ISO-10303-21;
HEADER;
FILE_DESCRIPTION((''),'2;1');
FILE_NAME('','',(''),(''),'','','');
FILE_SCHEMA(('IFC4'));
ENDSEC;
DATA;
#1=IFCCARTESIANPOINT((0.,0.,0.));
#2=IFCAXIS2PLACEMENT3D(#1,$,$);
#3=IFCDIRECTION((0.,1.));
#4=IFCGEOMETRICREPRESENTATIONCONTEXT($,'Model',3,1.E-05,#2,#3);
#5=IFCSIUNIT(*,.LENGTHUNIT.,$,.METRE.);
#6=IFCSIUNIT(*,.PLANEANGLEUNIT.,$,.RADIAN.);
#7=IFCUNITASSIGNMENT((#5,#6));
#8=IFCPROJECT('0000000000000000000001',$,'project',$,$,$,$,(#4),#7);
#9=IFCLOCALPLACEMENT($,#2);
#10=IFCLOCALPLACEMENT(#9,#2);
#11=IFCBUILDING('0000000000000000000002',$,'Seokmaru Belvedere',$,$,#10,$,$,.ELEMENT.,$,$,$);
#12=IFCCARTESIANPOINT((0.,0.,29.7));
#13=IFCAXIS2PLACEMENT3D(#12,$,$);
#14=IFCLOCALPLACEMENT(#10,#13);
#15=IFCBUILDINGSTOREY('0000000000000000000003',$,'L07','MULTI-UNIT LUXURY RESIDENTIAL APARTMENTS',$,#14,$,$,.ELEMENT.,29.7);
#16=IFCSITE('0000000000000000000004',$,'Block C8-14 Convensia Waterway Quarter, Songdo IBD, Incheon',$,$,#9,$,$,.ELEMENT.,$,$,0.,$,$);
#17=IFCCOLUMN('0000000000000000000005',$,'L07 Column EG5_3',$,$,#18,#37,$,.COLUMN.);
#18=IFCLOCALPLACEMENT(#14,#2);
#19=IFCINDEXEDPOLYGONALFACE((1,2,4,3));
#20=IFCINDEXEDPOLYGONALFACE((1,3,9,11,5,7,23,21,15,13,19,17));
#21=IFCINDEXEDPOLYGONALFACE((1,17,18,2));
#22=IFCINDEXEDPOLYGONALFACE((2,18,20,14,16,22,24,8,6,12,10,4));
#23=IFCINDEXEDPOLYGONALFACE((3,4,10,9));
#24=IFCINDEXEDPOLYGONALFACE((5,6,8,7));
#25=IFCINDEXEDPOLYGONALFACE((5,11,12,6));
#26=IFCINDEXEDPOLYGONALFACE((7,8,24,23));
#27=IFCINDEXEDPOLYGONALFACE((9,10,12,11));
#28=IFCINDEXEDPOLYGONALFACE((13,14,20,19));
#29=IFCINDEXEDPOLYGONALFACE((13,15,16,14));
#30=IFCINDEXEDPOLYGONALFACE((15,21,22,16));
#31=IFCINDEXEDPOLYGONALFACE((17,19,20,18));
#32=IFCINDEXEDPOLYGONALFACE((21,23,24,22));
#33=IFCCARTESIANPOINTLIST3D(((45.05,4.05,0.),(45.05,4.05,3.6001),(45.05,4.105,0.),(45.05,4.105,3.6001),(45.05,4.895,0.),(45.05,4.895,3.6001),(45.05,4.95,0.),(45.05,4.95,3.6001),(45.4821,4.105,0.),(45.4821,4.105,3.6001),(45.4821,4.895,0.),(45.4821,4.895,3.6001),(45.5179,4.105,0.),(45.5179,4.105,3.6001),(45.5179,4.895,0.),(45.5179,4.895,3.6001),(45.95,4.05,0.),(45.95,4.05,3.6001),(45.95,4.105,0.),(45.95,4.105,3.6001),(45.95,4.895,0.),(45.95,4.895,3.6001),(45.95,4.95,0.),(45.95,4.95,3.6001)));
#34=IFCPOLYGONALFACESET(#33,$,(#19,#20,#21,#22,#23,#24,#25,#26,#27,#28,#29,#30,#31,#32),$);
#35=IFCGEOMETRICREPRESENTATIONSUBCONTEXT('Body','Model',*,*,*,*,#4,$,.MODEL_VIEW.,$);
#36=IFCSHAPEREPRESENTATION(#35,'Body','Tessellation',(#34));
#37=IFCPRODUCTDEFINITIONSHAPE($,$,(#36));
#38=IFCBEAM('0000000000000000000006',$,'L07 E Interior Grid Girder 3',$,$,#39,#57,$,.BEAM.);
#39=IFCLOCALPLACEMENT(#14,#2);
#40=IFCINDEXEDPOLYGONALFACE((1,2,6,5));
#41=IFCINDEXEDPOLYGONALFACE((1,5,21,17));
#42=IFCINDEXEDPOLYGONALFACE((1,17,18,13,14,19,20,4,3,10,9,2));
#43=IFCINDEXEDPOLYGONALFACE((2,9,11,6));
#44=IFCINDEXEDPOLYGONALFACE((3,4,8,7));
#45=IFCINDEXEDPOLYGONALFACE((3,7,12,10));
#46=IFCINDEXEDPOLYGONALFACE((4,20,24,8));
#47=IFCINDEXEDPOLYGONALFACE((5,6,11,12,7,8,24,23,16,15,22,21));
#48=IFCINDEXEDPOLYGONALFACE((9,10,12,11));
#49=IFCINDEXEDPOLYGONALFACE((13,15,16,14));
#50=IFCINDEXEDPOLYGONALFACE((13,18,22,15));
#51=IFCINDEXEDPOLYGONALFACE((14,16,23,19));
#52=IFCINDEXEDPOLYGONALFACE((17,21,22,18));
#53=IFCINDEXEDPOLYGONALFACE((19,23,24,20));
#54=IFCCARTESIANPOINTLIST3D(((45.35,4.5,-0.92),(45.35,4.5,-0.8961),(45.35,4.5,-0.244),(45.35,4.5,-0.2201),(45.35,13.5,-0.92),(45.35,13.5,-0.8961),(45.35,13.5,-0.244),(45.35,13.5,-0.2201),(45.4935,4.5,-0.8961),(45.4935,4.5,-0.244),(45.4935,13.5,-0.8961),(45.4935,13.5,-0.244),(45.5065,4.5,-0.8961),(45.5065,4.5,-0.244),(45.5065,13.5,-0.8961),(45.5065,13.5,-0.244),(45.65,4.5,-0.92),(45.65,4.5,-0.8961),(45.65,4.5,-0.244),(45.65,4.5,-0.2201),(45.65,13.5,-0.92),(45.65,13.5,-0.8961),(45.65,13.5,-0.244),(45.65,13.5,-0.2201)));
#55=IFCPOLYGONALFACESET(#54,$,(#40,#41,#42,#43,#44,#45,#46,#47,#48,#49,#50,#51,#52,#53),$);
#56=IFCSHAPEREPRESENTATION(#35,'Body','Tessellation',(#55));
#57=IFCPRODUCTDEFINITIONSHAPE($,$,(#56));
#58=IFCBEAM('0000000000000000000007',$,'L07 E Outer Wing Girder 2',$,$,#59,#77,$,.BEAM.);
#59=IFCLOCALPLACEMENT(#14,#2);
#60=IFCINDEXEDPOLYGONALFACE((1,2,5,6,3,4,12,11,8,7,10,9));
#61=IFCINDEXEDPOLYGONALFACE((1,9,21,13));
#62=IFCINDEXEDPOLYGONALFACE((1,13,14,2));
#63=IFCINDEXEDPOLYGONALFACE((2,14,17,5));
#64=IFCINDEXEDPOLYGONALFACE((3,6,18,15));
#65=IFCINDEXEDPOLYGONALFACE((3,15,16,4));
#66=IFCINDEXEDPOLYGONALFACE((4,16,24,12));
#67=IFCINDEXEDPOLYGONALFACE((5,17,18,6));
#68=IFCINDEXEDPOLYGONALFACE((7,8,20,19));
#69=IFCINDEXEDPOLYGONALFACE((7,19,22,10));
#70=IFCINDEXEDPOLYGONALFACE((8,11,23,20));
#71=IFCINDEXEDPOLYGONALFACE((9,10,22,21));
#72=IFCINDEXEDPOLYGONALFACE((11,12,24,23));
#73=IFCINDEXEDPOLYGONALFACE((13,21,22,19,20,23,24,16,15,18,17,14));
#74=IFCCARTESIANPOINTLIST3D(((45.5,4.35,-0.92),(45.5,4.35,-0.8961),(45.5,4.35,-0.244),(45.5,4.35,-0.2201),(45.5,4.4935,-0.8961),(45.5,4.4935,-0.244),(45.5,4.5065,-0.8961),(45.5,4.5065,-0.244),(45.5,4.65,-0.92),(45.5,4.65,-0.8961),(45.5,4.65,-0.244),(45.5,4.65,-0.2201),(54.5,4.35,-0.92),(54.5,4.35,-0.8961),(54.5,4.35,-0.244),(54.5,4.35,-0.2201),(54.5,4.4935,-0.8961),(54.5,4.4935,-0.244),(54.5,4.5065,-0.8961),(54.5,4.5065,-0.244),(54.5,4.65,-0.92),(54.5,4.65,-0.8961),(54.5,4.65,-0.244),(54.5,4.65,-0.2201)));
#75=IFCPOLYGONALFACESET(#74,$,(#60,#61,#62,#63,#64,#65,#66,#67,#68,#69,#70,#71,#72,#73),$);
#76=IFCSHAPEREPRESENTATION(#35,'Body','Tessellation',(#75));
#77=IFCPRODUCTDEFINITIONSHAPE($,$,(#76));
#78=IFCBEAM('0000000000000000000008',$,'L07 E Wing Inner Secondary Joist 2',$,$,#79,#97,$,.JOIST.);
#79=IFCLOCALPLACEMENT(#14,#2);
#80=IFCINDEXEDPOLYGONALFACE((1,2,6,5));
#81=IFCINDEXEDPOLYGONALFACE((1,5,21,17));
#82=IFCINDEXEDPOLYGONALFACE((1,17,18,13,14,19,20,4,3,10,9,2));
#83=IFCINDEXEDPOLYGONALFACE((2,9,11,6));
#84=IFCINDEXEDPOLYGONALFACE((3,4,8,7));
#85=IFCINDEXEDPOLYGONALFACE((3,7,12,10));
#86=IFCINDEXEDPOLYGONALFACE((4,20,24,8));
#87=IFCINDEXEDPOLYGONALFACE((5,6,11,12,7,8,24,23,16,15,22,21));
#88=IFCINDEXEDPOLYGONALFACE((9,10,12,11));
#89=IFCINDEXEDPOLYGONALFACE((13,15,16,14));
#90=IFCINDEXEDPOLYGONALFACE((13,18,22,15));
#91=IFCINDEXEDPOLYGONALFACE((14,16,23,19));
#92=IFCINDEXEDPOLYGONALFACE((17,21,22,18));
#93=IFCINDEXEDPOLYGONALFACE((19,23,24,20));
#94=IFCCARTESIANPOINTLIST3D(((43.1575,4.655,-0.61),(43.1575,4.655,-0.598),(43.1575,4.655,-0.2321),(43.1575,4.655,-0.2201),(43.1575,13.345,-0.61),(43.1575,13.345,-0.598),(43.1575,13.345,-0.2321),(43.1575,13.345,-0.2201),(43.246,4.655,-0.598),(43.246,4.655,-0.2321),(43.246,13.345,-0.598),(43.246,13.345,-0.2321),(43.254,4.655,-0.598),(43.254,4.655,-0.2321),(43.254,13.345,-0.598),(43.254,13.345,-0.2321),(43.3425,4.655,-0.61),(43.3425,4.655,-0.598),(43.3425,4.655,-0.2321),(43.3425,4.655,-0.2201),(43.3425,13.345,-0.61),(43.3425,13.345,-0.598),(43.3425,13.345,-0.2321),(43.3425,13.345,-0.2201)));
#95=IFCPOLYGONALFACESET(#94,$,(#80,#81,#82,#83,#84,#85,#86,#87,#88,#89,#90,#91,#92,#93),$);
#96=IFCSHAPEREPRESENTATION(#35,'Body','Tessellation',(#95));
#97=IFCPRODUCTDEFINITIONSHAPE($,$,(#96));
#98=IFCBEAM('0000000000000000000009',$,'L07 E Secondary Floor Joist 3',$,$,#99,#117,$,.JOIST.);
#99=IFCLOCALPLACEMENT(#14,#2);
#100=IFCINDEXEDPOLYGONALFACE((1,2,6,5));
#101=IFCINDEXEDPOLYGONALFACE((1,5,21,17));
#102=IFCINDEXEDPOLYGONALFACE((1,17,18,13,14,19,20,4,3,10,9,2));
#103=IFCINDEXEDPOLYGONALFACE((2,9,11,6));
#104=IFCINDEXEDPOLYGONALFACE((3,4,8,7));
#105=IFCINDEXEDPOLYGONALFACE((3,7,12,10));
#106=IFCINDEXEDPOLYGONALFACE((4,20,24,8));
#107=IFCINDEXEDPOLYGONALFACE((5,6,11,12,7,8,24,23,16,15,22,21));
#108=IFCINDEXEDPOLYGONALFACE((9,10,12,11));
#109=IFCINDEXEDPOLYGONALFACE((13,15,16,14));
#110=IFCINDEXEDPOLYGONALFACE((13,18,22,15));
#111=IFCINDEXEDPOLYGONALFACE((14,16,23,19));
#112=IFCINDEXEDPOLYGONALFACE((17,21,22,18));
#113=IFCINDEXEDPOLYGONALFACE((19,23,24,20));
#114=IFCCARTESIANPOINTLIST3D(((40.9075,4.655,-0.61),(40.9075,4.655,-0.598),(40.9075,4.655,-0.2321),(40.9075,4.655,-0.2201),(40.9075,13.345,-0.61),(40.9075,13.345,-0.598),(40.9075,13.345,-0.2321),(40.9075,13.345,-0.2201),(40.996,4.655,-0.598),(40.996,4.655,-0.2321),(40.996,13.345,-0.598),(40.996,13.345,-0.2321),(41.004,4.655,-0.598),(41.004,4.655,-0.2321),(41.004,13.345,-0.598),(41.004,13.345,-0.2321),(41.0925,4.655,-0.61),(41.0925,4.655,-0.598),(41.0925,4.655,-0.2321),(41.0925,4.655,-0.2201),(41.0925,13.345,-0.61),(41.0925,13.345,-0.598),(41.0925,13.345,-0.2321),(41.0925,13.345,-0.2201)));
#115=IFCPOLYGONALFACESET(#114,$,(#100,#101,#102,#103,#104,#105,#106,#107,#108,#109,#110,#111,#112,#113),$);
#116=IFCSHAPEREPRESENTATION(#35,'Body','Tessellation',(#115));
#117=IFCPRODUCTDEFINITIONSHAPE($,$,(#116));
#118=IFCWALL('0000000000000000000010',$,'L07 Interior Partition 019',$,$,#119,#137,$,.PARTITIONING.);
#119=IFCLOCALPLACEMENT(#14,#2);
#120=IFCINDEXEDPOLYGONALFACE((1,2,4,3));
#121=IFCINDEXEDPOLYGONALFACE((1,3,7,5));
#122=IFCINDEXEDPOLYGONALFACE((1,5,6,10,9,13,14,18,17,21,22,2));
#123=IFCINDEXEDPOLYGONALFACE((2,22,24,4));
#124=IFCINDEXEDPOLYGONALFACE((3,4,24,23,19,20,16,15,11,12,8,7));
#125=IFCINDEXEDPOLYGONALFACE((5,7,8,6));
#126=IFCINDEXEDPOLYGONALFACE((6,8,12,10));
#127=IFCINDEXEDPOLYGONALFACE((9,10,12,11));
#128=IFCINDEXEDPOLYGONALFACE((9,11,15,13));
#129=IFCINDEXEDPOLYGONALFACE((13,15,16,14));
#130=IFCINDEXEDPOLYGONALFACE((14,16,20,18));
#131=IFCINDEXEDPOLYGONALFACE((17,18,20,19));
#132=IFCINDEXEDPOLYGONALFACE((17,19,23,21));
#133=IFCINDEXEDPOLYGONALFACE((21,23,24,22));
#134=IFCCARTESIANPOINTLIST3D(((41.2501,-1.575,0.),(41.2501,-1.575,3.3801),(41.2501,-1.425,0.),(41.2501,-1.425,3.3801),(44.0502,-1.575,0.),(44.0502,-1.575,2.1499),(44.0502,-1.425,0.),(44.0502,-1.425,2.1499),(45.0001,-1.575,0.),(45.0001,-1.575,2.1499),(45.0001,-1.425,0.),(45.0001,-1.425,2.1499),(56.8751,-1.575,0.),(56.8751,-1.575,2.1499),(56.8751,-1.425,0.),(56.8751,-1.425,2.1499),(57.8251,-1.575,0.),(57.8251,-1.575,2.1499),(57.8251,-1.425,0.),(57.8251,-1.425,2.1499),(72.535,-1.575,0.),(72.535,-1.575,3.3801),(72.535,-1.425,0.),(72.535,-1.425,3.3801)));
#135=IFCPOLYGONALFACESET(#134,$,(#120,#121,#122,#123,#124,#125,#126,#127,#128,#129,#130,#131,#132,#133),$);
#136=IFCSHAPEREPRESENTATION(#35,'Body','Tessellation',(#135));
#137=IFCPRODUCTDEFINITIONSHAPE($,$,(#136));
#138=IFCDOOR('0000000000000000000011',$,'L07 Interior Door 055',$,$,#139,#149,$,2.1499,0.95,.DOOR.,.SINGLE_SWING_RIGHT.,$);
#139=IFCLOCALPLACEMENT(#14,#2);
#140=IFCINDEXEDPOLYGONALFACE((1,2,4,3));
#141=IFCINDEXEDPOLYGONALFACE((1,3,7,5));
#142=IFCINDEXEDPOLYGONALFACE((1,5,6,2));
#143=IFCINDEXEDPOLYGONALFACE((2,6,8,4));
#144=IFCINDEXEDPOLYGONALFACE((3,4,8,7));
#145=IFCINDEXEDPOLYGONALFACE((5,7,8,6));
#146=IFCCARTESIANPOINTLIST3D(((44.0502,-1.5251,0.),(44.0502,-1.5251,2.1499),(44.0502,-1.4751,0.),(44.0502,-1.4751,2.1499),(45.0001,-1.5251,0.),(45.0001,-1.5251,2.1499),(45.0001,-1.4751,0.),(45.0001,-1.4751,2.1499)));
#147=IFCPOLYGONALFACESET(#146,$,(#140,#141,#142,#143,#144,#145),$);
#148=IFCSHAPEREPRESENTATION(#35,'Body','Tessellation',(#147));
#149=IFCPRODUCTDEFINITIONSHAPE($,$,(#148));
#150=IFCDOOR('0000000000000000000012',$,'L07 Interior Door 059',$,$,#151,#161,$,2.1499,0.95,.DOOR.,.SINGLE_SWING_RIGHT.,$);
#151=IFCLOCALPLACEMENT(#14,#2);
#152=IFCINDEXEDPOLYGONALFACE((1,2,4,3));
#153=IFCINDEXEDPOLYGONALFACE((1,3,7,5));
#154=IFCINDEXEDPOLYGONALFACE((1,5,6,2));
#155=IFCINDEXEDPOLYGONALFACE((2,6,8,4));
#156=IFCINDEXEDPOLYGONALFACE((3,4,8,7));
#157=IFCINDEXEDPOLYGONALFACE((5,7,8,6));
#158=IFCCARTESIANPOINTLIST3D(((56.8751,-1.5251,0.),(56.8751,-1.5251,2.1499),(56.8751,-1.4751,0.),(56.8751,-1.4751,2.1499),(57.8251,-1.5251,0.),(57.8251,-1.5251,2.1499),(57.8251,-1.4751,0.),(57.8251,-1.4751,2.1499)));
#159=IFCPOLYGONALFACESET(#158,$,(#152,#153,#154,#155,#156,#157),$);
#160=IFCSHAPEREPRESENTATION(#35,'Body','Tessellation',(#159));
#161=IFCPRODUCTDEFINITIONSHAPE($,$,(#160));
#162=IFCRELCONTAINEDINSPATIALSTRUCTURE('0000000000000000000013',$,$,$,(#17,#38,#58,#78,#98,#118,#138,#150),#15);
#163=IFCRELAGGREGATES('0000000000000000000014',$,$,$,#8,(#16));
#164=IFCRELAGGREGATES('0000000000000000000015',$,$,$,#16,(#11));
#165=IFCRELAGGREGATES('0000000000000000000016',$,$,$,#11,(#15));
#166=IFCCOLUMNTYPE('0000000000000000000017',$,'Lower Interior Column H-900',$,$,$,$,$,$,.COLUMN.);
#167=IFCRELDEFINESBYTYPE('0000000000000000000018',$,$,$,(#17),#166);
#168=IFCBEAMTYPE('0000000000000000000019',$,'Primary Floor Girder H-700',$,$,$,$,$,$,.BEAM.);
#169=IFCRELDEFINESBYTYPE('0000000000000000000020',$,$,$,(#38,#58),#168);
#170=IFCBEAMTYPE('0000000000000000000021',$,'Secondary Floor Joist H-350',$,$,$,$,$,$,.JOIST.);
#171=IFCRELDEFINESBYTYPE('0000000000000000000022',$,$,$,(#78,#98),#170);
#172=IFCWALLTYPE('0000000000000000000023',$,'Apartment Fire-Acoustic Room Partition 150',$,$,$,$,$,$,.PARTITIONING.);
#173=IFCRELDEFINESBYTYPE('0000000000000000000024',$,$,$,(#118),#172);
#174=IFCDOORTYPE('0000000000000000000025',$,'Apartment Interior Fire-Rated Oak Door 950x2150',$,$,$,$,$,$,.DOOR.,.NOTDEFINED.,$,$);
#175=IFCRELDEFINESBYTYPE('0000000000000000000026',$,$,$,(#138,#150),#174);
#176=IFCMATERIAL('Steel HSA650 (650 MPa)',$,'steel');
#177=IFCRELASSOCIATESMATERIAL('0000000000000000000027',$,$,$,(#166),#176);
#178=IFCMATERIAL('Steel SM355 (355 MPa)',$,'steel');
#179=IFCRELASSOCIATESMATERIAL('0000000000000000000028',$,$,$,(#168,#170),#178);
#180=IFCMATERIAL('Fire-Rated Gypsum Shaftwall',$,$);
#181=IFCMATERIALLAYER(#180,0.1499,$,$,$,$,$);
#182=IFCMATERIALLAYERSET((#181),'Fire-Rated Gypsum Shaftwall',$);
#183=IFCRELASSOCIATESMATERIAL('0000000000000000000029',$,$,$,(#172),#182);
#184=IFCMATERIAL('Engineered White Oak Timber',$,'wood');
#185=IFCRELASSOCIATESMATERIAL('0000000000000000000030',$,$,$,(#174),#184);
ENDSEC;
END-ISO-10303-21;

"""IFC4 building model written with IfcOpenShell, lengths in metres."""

from ifc_helpers import new_model, si_unit, direction, frame, frame_2d, origin, origin_2d, place, context, subcontext, project, spatial, rectangle, i_section, extrude, source, transform, mapped, material, layer, layer_set, material_profile, profile_set, type_object, type_shapes, element, fill, save


model = new_model("IFC4")

# Units and contexts
model_context = context("Model", 3, precision=1e-05, world=origin(), true_north=direction((0.0, 1.0)))
body_context = subcontext(model_context, "Body", "Model", "MODEL_VIEW")
ifc_project = project(units=[si_unit("LENGTHUNIT", "METRE"), si_unit("PLANEANGLEUNIT", "RADIAN")], contexts=[model_context])

# Site, building, storey
site_placement = place(None, origin())
site = spatial("IfcSite", under=ifc_project, at=site_placement, Name="Block C8-14 Convensia Waterway Quarter, Songdo IBD, Incheon", CompositionType="ELEMENT", RefElevation=0.0)
building_placement = place(site_placement, origin())
building = spatial("IfcBuilding", under=site, at=building_placement, Name="Seokmaru Belvedere", CompositionType="ELEMENT")
storey_placement = place(building_placement, frame((0.0, 0.0, 29.7)))
storey = spatial("IfcBuildingStorey", under=building, at=storey_placement, Name="L07", Description="MULTI-UNIT LUXURY RESIDENTIAL APARTMENTS", CompositionType="ELEMENT", Elevation=29.7)

# Column
ifc_material_1 = material(Name="Steel HSA650 (650 MPa)", Category="steel")
ifc_material_profile_1 = material_profile(ifc_material_1, i_section(OverallWidth=0.8999, OverallDepth=0.8999, WebThickness=0.0359, FlangeThickness=0.0549, at=origin_2d()), Name="H-900x900x36x55")
ifc_profile_set_1 = profile_set([ifc_material_profile_1], Name="Steel HSA650 (650 MPa)")
column_type = type_object("IfcColumnType", Name="Lower Interior Column H-900", PredefinedType="COLUMN", material=ifc_profile_set_1)
shared_shape_1 = source(origin(), body_context, "Body", "SweptSolid", [
    extrude(i_section(OverallWidth=0.8999, OverallDepth=0.8999, WebThickness=0.0359, FlangeThickness=0.0549, at=origin_2d()), origin(), (0.0, 0.0, 1.0), 3.6001),
])
type_shapes(column_type, [shared_shape_1])
column_placement = place(storey_placement, frame((45.5, 4.5, 0.0), z_axis=(0.0, 0.0, 1.0), x_axis=(1.0, 0.0, 0.0)))
element("IfcColumn", 1, at=column_placement, inside=storey, type_object=column_type, Name="L07 Column EG5_3", PredefinedType="COLUMN", context=body_context, shape_type="MappedRepresentation", body=[
    mapped(shared_shape_1, transform((0.0, 0.0, 0.0), scale=1.0)),
])

# Beams
ifc_material_2 = material(Name="Steel SM355 (355 MPa)", Category="steel")
ifc_material_profile_2 = material_profile(ifc_material_2, i_section(OverallWidth=0.3, OverallDepth=0.7, WebThickness=0.0129, FlangeThickness=0.0239, at=origin_2d()), Name="H-700x300x13x24")
ifc_profile_set_2 = profile_set([ifc_material_profile_2], Name="Steel SM355 (355 MPa)")
beam_type_1 = type_object("IfcBeamType", Name="Primary Floor Girder H-700", PredefinedType="BEAM", material=ifc_profile_set_2)
shared_shape_2 = source(origin(), body_context, "Body", "SweptSolid", [
    extrude(i_section(OverallWidth=0.3, OverallDepth=0.7, WebThickness=0.0129, FlangeThickness=0.0239, at=origin_2d()), origin(), (0.0, 0.0, 1.0), 9.0),
])
type_shapes(beam_type_1, [shared_shape_2])
for number, where, z_axis, x_axis, name in (
    (2, (45.5, 4.5, -0.5701), (0.0, 1.0, 0.0), (-1.0, 0.0, 0.0), "L07 E Interior Grid Girder 3"),
    (3, (45.5, 4.5, -0.5701), (1.0, 0.0, 0.0), (0.0, 1.0, 0.0), "L07 E Outer Wing Girder 2"),
):
    element("IfcBeam", number, at=place(storey_placement, frame(where, z_axis=z_axis, x_axis=x_axis)), inside=storey, type_object=beam_type_1, Name=name, PredefinedType="BEAM", context=body_context, shape_type="MappedRepresentation", body=[
        mapped(shared_shape_2, transform((0.0, 0.0, 0.0), scale=1.0)),
    ])
ifc_material_profile_3 = material_profile(ifc_material_2, i_section(OverallWidth=0.1851, OverallDepth=0.3899, WebThickness=0.0081, FlangeThickness=0.012, at=origin_2d()), Name="H-390x185x8x12")
ifc_profile_set_3 = profile_set([ifc_material_profile_3], Name="Steel SM355 (355 MPa)")
beam_type_2 = type_object("IfcBeamType", Name="Secondary Floor Joist H-350", PredefinedType="JOIST", material=ifc_profile_set_3)
shared_shape_3 = source(origin(), body_context, "Body", "SweptSolid", [
    extrude(i_section(OverallWidth=0.1851, OverallDepth=0.3899, WebThickness=0.0081, FlangeThickness=0.012, at=origin_2d()), origin(), (0.0, 0.0, 1.0), 8.6899),
])
type_shapes(beam_type_2, [shared_shape_3])
for number, where, z_axis, x_axis, name in (
    (4, (43.25, 4.655, -0.415), (0.0, 1.0, 0.0), (-1.0, 0.0, 0.0), "L07 E Wing Inner Secondary Joist 2"),
    (5, (41.0, 4.655, -0.415), (0.0, 1.0, 0.0), (-1.0, 0.0, 0.0), "L07 E Secondary Floor Joist 3"),
):
    element("IfcBeam", number, at=place(storey_placement, frame(where, z_axis=z_axis, x_axis=x_axis)), inside=storey, type_object=beam_type_2, Name=name, PredefinedType="JOIST", context=body_context, shape_type="MappedRepresentation", body=[
        mapped(shared_shape_3, transform((0.0, 0.0, 0.0), scale=1.0)),
    ])

# Wall, openings, doors
ifc_material_3 = material(Name="Fire-Rated Gypsum Shaftwall")
ifc_layer_1 = layer(ifc_material_3, 0.1499)
ifc_layer_set_1 = layer_set([ifc_layer_1], Name="Fire-Rated Gypsum Shaftwall")
wall_type_1 = type_object("IfcWallType", Name="Apartment Fire-Acoustic Room Partition 150", PredefinedType="PARTITIONING", material=ifc_layer_set_1)
wall_1_placement = place(storey_placement, frame((41.25, -1.5, 0.0), z_axis=(0.0, 0.0, 1.0), x_axis=(1.0, 0.0, 0.0)))
wall_1 = element("IfcWall", 6, at=wall_1_placement, inside=storey, type_object=wall_type_1, Name="L07 Interior Partition 019", PredefinedType="PARTITIONING", context=body_context, shape_type="SweptSolid", body=[
    extrude(rectangle(XDim=31.2849, YDim=0.1499, at=frame_2d((15.6426, 0.0))), origin(), (0.0, 0.0, 1.0), 3.3801),
])
opening_1_placement = place(wall_1_placement, frame((2.8, 0.0, 0.0)))
opening_1 = element("IfcOpeningElement", 7, at=opening_1_placement, cuts=wall_1, PredefinedType="OPENING", context=body_context, shape_type="SweptSolid", body=[
    extrude(rectangle(XDim=0.95, YDim=2.1499, at=frame_2d((0.4751, 1.075))), frame((0.0, 0.085, 0.0), z_axis=(0.0, -1.0, 0.0), x_axis=(1.0, 0.0, 0.0)), (0.0, 0.0, 1.0), 0.1699),
])
opening_2_placement = place(wall_1_placement, frame((15.625, 0.0, 0.0)))
opening_2 = element("IfcOpeningElement", 8, at=opening_2_placement, cuts=wall_1, PredefinedType="OPENING", context=body_context, shape_type="SweptSolid", body=[
    extrude(rectangle(XDim=0.95, YDim=2.1499, at=frame_2d((0.4751, 1.075))), frame((0.0, 0.085, 0.0), z_axis=(0.0, -1.0, 0.0), x_axis=(1.0, 0.0, 0.0)), (0.0, 0.0, 1.0), 0.1699),
])
ifc_material_4 = material(Name="Engineered White Oak Timber", Category="wood")
door_type_1 = type_object("IfcDoorType", Name="Apartment Interior Fire-Rated Oak Door 950x2150", OperationType="NOTDEFINED", PredefinedType="DOOR", material=ifc_material_4)
shared_shape_4 = source(origin(), body_context, "Body", "SweptSolid", [
    extrude(rectangle(XDim=0.95, YDim=2.1499, at=frame_2d((0.4751, 1.075))), frame((0.0, 0.0249, 0.0), z_axis=(0.0, -1.0, 0.0), x_axis=(1.0, 0.0, 0.0)), (0.0, 0.0, 1.0), 0.05),
])
type_shapes(door_type_1, [shared_shape_4])
door_1_placement = place(opening_1_placement, origin())
door_1 = element("IfcDoor", 9, at=door_1_placement, inside=storey, type_object=door_type_1, Name="L07 Interior Door 055", OperationType="SINGLE_SWING_RIGHT", OverallHeight=2.1499, OverallWidth=0.95, PredefinedType="DOOR", context=body_context, shape_type="MappedRepresentation", body=[
    mapped(shared_shape_4, transform((0.0, 0.0, 0.0), scale=1.0)),
])
fill(opening_1, door_1)
door_2_placement = place(opening_2_placement, origin())
door_2 = element("IfcDoor", 10, at=door_2_placement, inside=storey, type_object=door_type_1, Name="L07 Interior Door 059", OperationType="SINGLE_SWING_RIGHT", OverallHeight=2.1499, OverallWidth=0.95, PredefinedType="DOOR", context=body_context, shape_type="MappedRepresentation", body=[
    mapped(shared_shape_4, transform((0.0, 0.0, 0.0), scale=1.0)),
])
fill(opening_2, door_2)

save(model, "model.ifc")
